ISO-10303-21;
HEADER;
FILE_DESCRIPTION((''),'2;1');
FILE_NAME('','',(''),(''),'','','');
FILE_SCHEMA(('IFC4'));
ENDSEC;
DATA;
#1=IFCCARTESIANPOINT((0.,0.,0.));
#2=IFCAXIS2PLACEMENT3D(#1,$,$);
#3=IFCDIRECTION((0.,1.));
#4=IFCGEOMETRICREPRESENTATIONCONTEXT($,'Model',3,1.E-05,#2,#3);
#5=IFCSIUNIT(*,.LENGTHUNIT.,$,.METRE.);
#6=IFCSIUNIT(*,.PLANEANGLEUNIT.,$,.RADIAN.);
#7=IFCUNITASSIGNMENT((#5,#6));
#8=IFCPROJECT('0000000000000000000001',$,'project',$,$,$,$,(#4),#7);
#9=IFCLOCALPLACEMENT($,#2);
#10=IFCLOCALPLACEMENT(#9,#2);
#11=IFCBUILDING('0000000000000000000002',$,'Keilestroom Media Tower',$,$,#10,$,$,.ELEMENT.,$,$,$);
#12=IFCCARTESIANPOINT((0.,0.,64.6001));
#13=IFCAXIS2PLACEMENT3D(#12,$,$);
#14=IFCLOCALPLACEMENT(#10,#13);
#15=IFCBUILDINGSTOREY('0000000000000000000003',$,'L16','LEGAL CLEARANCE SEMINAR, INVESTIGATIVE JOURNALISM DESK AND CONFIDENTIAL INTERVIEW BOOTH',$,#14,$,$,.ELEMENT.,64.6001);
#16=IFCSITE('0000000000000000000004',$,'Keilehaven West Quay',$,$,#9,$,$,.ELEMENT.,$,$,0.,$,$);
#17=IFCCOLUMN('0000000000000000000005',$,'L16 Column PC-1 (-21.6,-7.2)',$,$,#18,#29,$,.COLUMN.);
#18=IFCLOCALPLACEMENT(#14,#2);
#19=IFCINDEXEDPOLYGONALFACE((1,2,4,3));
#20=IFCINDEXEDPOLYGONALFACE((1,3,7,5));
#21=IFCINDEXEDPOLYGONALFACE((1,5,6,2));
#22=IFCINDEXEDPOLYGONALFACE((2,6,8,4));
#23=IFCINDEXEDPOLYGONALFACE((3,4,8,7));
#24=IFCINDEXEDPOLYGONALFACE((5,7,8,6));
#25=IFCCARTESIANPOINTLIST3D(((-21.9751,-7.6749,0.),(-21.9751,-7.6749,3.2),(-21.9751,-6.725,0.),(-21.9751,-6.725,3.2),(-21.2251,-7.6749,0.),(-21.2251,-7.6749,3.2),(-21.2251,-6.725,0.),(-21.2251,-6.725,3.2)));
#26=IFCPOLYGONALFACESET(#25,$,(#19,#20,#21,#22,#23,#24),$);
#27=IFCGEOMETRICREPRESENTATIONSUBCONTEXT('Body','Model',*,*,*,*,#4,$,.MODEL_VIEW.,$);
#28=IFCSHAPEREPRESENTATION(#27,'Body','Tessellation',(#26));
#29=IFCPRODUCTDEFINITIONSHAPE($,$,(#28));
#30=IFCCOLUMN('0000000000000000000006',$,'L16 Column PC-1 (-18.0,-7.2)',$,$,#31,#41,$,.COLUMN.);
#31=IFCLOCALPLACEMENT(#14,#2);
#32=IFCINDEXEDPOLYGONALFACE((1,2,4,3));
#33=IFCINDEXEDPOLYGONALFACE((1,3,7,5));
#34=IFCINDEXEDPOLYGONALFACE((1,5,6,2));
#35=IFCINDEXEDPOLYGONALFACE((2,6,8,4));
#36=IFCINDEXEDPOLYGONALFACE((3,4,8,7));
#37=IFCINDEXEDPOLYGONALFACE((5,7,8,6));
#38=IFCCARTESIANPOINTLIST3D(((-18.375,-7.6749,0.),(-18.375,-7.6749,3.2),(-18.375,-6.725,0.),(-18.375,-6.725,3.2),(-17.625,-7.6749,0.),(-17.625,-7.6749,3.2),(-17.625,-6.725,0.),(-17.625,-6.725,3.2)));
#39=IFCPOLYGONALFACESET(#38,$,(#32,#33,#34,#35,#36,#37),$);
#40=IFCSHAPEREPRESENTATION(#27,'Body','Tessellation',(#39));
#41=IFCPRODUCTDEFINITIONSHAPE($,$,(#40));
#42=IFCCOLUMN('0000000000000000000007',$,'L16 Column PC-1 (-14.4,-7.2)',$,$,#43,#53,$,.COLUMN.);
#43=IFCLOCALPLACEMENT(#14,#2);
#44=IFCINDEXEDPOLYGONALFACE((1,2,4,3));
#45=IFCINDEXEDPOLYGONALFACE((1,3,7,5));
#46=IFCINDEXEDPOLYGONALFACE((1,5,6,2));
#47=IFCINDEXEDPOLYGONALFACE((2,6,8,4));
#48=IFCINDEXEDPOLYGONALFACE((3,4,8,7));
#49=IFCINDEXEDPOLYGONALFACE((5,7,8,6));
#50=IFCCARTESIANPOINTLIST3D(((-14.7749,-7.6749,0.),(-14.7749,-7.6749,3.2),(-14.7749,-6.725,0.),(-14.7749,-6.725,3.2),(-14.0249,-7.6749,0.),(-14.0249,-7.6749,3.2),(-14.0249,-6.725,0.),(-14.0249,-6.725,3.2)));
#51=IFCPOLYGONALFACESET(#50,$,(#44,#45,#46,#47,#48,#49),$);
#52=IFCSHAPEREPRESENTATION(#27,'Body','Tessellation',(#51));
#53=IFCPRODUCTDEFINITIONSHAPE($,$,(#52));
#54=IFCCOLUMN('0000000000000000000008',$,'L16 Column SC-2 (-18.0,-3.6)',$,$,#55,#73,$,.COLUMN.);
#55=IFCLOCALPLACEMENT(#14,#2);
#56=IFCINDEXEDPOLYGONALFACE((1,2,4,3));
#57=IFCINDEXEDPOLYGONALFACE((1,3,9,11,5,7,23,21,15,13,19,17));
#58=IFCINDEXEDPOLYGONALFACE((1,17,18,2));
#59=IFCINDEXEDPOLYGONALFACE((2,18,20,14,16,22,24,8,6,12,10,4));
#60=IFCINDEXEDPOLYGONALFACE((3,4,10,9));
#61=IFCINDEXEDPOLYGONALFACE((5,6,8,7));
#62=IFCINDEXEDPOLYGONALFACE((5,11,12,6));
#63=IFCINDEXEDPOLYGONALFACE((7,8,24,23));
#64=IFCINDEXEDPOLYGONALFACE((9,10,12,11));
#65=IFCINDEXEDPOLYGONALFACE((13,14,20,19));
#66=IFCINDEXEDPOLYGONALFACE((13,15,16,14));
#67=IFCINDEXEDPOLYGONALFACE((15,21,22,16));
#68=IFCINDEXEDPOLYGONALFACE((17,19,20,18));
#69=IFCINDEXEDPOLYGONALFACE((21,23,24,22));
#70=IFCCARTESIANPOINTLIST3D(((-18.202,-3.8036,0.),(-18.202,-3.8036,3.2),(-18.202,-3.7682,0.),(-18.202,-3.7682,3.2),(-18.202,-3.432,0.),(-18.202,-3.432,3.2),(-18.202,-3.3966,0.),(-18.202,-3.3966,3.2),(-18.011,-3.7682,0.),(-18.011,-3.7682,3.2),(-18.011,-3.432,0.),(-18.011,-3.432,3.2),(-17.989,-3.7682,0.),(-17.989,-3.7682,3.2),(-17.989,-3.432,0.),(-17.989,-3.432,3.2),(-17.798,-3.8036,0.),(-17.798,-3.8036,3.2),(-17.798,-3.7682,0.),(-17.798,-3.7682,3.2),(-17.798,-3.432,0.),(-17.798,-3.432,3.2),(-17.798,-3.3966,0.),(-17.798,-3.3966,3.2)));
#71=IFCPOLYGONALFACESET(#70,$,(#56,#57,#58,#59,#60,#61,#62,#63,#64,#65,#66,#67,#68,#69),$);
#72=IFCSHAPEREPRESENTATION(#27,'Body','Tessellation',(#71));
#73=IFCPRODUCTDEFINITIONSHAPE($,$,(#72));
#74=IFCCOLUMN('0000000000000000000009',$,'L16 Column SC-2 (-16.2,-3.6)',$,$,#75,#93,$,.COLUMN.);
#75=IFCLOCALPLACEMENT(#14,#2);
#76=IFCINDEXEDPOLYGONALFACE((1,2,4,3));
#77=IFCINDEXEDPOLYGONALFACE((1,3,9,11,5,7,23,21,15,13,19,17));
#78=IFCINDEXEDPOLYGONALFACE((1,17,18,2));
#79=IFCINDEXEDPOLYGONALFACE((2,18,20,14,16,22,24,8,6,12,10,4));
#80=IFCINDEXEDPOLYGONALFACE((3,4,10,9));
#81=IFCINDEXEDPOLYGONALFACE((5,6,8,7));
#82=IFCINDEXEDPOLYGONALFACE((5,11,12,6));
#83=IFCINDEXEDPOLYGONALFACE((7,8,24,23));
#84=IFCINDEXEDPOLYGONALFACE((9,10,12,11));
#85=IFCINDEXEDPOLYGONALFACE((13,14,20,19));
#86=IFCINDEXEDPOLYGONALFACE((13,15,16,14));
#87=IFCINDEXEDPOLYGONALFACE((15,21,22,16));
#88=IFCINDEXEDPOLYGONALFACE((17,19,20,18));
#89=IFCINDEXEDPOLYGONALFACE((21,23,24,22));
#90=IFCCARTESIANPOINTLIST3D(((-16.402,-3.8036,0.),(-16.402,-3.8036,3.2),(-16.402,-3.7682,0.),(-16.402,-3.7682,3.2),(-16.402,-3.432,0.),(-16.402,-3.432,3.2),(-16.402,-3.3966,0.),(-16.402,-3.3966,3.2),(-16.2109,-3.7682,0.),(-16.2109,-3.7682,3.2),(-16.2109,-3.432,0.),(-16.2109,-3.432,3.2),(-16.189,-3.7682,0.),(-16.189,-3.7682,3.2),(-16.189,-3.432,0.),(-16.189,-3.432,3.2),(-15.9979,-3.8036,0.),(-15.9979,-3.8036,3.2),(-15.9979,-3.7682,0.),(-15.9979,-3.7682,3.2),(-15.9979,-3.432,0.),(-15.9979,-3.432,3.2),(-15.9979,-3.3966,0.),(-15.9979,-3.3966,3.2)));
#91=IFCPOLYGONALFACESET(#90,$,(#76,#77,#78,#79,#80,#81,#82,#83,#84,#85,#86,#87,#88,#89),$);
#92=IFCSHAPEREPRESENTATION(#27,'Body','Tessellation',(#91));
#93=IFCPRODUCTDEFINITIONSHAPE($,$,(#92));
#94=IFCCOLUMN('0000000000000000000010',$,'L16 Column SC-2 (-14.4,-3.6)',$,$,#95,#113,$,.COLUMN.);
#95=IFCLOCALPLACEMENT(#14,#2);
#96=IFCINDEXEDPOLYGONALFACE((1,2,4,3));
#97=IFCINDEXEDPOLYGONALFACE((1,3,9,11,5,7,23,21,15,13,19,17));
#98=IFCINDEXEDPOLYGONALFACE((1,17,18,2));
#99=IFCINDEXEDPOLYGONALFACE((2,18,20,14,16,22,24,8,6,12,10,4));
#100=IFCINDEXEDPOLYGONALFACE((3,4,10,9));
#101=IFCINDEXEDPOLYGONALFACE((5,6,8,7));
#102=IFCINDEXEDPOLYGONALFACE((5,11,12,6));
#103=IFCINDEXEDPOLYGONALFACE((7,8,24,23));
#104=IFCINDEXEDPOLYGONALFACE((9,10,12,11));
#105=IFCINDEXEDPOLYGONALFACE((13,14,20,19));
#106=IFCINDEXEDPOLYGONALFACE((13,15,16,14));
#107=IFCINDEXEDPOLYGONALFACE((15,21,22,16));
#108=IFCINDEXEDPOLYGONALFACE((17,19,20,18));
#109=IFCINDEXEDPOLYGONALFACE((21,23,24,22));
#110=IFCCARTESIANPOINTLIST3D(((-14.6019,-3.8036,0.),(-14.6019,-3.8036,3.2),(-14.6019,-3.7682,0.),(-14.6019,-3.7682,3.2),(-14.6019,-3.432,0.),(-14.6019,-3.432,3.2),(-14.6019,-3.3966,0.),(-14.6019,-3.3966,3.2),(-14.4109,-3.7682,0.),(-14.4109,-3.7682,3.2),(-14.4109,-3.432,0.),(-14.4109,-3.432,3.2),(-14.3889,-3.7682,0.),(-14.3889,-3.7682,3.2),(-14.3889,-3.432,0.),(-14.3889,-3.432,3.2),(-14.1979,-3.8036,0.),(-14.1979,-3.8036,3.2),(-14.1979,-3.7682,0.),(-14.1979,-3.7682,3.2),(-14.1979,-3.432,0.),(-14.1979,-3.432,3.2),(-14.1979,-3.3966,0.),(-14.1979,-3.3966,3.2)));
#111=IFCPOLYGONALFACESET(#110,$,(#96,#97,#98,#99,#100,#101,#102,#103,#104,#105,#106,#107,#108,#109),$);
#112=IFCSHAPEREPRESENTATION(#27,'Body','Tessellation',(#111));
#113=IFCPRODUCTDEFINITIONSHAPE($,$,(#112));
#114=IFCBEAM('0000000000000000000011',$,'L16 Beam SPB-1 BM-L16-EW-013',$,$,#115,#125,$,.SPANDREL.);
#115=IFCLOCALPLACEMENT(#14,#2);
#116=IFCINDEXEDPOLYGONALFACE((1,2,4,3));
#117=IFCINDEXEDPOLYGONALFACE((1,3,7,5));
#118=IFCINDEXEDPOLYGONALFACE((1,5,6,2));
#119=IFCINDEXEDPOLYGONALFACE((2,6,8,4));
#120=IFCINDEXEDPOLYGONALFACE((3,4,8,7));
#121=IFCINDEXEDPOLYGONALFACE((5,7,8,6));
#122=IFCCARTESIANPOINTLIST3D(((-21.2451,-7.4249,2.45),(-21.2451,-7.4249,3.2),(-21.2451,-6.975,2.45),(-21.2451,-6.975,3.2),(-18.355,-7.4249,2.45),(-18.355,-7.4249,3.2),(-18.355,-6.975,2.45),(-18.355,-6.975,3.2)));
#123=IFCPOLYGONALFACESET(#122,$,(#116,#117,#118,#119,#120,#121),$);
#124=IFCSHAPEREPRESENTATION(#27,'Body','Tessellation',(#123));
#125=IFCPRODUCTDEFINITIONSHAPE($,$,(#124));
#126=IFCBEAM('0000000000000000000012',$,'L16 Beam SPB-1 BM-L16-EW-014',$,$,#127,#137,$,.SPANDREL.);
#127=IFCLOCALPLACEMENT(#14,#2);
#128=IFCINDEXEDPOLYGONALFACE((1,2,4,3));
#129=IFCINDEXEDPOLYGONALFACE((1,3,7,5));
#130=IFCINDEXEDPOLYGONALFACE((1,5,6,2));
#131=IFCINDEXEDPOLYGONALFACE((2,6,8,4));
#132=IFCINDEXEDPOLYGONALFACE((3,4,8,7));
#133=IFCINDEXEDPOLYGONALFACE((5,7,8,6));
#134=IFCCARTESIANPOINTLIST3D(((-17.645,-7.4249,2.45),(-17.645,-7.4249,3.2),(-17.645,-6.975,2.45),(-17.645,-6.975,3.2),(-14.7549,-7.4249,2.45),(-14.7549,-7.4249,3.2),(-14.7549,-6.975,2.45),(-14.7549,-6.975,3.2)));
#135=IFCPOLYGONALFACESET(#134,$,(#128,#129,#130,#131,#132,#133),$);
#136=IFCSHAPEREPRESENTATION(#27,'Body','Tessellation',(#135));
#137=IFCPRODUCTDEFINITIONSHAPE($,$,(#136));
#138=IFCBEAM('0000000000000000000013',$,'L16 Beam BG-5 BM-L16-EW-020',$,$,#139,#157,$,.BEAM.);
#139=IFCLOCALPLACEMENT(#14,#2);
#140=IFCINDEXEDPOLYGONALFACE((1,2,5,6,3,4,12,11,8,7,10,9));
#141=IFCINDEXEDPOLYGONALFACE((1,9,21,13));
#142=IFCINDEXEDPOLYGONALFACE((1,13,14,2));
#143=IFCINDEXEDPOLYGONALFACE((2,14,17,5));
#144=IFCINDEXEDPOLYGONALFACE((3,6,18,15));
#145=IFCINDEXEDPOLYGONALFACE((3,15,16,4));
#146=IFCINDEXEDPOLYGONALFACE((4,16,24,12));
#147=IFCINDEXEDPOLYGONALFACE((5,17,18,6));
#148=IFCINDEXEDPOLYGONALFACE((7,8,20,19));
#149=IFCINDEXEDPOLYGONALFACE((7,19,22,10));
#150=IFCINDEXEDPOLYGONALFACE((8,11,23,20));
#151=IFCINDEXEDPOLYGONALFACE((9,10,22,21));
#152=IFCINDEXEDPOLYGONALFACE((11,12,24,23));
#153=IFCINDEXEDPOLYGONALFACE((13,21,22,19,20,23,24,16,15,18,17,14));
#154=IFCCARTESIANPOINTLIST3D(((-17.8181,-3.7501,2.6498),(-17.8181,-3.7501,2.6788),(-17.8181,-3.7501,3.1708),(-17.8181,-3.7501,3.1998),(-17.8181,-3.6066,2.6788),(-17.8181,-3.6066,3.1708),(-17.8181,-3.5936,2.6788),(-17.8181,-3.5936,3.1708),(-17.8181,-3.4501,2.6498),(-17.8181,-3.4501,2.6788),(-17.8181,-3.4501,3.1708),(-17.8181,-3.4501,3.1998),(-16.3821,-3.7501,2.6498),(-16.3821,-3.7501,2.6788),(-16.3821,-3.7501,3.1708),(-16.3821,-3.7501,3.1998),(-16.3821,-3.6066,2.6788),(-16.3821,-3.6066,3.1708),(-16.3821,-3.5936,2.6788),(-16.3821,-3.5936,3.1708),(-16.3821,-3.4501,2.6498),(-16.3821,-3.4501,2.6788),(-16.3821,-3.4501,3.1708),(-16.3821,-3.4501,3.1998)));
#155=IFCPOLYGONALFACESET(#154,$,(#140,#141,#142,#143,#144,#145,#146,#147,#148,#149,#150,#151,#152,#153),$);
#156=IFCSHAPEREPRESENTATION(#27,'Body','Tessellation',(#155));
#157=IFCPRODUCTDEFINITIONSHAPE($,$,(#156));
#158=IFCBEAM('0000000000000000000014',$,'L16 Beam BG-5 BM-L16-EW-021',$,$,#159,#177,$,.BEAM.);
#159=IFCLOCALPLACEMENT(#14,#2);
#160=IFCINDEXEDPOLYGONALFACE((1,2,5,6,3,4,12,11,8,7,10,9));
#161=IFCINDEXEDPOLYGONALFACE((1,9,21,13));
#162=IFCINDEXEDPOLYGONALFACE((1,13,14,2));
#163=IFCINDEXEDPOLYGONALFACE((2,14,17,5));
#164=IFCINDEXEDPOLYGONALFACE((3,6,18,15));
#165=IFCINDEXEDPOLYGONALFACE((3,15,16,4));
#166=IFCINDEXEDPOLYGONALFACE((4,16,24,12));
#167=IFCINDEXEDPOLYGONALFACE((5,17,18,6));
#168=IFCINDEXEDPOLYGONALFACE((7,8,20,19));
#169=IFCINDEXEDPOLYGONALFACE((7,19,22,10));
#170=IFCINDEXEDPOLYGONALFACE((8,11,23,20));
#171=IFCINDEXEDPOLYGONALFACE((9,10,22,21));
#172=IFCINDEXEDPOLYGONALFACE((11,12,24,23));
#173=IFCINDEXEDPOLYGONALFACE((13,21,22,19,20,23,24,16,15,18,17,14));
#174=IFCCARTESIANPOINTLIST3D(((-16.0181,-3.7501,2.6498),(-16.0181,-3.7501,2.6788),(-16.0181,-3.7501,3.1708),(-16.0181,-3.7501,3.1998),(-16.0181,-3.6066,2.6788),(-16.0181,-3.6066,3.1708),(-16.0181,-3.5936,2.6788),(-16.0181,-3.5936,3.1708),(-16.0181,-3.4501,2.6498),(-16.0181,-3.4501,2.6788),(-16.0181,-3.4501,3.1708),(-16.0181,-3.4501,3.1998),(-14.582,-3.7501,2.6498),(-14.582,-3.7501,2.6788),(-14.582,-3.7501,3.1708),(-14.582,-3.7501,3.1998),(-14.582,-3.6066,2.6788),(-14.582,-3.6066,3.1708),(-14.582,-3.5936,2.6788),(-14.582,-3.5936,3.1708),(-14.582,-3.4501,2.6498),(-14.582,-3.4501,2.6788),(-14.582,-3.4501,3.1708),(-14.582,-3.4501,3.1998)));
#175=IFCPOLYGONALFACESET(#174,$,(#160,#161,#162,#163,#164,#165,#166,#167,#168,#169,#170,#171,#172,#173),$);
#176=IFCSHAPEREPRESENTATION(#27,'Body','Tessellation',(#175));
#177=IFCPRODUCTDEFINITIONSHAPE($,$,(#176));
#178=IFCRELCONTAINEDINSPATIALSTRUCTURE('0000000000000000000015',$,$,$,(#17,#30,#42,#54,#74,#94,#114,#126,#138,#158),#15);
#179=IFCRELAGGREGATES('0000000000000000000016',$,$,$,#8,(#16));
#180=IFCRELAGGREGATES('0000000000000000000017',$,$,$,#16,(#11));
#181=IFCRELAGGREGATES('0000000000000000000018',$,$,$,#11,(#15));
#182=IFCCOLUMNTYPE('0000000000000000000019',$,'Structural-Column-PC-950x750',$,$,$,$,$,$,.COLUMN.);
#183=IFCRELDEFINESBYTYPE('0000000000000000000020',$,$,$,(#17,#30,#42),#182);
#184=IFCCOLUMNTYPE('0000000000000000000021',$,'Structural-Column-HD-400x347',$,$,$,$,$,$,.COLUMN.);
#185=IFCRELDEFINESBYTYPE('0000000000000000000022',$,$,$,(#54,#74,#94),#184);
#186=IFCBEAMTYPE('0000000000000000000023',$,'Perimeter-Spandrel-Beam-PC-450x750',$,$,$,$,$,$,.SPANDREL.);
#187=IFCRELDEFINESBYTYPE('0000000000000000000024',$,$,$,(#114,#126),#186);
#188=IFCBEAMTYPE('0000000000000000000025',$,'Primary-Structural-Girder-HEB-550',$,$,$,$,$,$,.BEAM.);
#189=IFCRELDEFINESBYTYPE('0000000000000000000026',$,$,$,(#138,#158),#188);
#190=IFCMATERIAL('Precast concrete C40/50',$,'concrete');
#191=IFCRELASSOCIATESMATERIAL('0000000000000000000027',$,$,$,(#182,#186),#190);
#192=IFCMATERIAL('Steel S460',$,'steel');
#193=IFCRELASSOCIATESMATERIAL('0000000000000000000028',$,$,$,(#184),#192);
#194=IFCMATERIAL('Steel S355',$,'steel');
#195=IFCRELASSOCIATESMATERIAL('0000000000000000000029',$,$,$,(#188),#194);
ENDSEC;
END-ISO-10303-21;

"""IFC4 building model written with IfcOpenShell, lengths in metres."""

from ifc_helpers import new_model, si_unit, direction, frame, origin, origin_2d, place, context, subcontext, project, spatial, rectangle, i_section, extrude, source, transform, mapped, material, material_profile, profile_set, type_object, element, save


model = new_model("IFC4")

# Units and contexts
model_context = context("Model", 3, precision=1e-05, world=origin(), true_north=direction((0.0, 1.0)))
body_context = subcontext(model_context, "Body", "Model", "MODEL_VIEW")
ifc_project = project(units=[si_unit("LENGTHUNIT", "METRE"), si_unit("PLANEANGLEUNIT", "RADIAN")], contexts=[model_context])

# Site, building, storey
site_placement = place(None, origin())
site = spatial("IfcSite", under=ifc_project, at=site_placement, Name="Keilehaven West Quay", CompositionType="ELEMENT", RefElevation=0.0)
building_placement = place(site_placement, origin())
building = spatial("IfcBuilding", under=site, at=building_placement, Name="Keilestroom Media Tower", CompositionType="ELEMENT")
storey_placement = place(building_placement, frame((0.0, 0.0, 64.6001)))
storey = spatial("IfcBuildingStorey", under=building, at=storey_placement, Name="L16", Description="LEGAL CLEARANCE SEMINAR, INVESTIGATIVE JOURNALISM DESK AND CONFIDENTIAL INTERVIEW BOOTH", CompositionType="ELEMENT", Elevation=64.6001)

# Columns
ifc_material_1 = material(Name="Precast concrete C40/50", Category="concrete")
ifc_material_profile_1 = material_profile(ifc_material_1, rectangle(XDim=0.75, YDim=0.95, at=origin_2d()), Name="PC 950x750")
ifc_profile_set_1 = profile_set([ifc_material_profile_1], Name="Precast concrete C40/50")
column_type_1 = type_object("IfcColumnType", Name="Structural-Column-PC-950x750", PredefinedType="COLUMN", material=ifc_profile_set_1)
shared_shape_1 = source(origin(), body_context, "Body", "SweptSolid", [
    extrude(rectangle(XDim=0.75, YDim=0.95, at=origin_2d()), origin(), (0.0, 0.0, 1.0), 3.2),
])
for number, where, z_axis, x_axis, name in (
    (1, (-21.6001, -7.2, 0.0), (0.0, 0.0, 1.0), (1.0, 0.0, 0.0), "L16 Column PC-1 (-21.6,-7.2)"),
    (2, (-18.0, -7.2, 0.0), (0.0, 0.0, 1.0), (1.0, 0.0, 0.0), "L16 Column PC-1 (-18.0,-7.2)"),
    (3, (-14.3999, -7.2, 0.0), (0.0, 0.0, 1.0), (1.0, 0.0, 0.0), "L16 Column PC-1 (-14.4,-7.2)"),
):
    element("IfcColumn", number, at=place(storey_placement, frame(where, z_axis=z_axis, x_axis=x_axis)), inside=storey, type_object=column_type_1, Name=name, PredefinedType="COLUMN", context=body_context, shape_type="MappedRepresentation", body=[
        mapped(shared_shape_1, transform((0.0, 0.0, 0.0), x_axis=(1.0, 0.0, 0.0), y_axis=(0.0, 1.0, 0.0), z_axis=(0.0, 0.0, 1.0), scale=1.0)),
    ])
ifc_material_2 = material(Name="Steel S460", Category="steel")
ifc_material_profile_2 = material_profile(ifc_material_2, i_section(OverallWidth=0.4041, OverallDepth=0.407, WebThickness=0.022, FlangeThickness=0.0354, at=origin_2d()), Name="HD 400x347")
ifc_profile_set_2 = profile_set([ifc_material_profile_2], Name="Steel S460")
column_type_2 = type_object("IfcColumnType", Name="Structural-Column-HD-400x347", PredefinedType="COLUMN", material=ifc_profile_set_2)
shared_shape_2 = source(origin(), body_context, "Body", "SweptSolid", [
    extrude(i_section(OverallWidth=0.4041, OverallDepth=0.407, WebThickness=0.022, FlangeThickness=0.0354, at=origin_2d()), origin(), (0.0, 0.0, 1.0), 3.2),
])
for number, where, z_axis, x_axis, name in (
    (4, (-18.0, -3.6001, 0.0), (0.0, 0.0, 1.0), (1.0, 0.0, 0.0), "L16 Column SC-2 (-18.0,-3.6)"),
    (5, (-16.2, -3.6001, 0.0), (0.0, 0.0, 1.0), (1.0, 0.0, 0.0), "L16 Column SC-2 (-16.2,-3.6)"),
    (6, (-14.3999, -3.6001, 0.0), (0.0, 0.0, 1.0), (1.0, 0.0, 0.0), "L16 Column SC-2 (-14.4,-3.6)"),
):
    element("IfcColumn", number, at=place(storey_placement, frame(where, z_axis=z_axis, x_axis=x_axis)), inside=storey, type_object=column_type_2, Name=name, PredefinedType="COLUMN", context=body_context, shape_type="MappedRepresentation", body=[
        mapped(shared_shape_2, transform((0.0, 0.0, 0.0), x_axis=(1.0, 0.0, 0.0), y_axis=(0.0, 1.0, 0.0), z_axis=(0.0, 0.0, 1.0), scale=1.0)),
    ])

# Beams
ifc_material_profile_3 = material_profile(ifc_material_1, rectangle(XDim=0.45, YDim=0.75, at=origin_2d()), Name="PC 450x750")
ifc_profile_set_3 = profile_set([ifc_material_profile_3], Name="Precast concrete C40/50")
beam_type_1 = type_object("IfcBeamType", Name="Perimeter-Spandrel-Beam-PC-450x750", PredefinedType="SPANDREL", material=ifc_profile_set_3)
shared_shape_3 = source(origin(), body_context, "Body", "SweptSolid", [
    extrude(rectangle(XDim=0.45, YDim=0.75, at=origin_2d()), origin(), (0.0, 0.0, 1.0), 2.8901),
])
for number, where, z_axis, x_axis, name in (
    (7, (-21.2451, -7.2, 2.825), (1.0, 0.0, 0.0), (0.0, 1.0, 0.0), "L16 Beam SPB-1 BM-L16-EW-013"),
    (8, (-17.645, -7.2, 2.825), (1.0, 0.0, 0.0), (0.0, 1.0, 0.0), "L16 Beam SPB-1 BM-L16-EW-014"),
):
    element("IfcBeam", number, at=place(storey_placement, frame(where, z_axis=z_axis, x_axis=x_axis)), inside=storey, type_object=beam_type_1, Name=name, PredefinedType="SPANDREL", context=body_context, shape_type="MappedRepresentation", body=[
        mapped(shared_shape_3, transform((0.0, 0.0, 0.0), x_axis=(1.0, 0.0, 0.0), y_axis=(0.0, 1.0, 0.0), z_axis=(0.0, 0.0, 1.0), scale=1.0)),
    ])
ifc_material_3 = material(Name="Steel S355", Category="steel")
ifc_material_profile_4 = material_profile(ifc_material_3, i_section(OverallWidth=0.3, OverallDepth=0.55, WebThickness=0.0129, FlangeThickness=0.0291, at=origin_2d()), Name="HEB 550")
ifc_profile_set_4 = profile_set([ifc_material_profile_4], Name="Steel S355")
beam_type_2 = type_object("IfcBeamType", Name="Primary-Structural-Girder-HEB-550", PredefinedType="BEAM", material=ifc_profile_set_4)
shared_shape_4 = source(origin(), body_context, "Body", "SweptSolid", [
    extrude(i_section(OverallWidth=0.3, OverallDepth=0.55, WebThickness=0.0129, FlangeThickness=0.0291, at=origin_2d()), origin(), (0.0, 0.0, 1.0), 1.436),
])
for number, where, z_axis, x_axis, name in (
    (9, (-17.8181, -3.6001, 2.9248), (1.0, 0.0, 0.0), (0.0, 1.0, 0.0), "L16 Beam BG-5 BM-L16-EW-020"),
    (10, (-16.0181, -3.6001, 2.9248), (1.0, 0.0, 0.0), (0.0, 1.0, 0.0), "L16 Beam BG-5 BM-L16-EW-021"),
):
    element("IfcBeam", number, at=place(storey_placement, frame(where, z_axis=z_axis, x_axis=x_axis)), inside=storey, type_object=beam_type_2, Name=name, PredefinedType="BEAM", context=body_context, shape_type="MappedRepresentation", body=[
        mapped(shared_shape_4, transform((0.0, 0.0, 0.0), x_axis=(1.0, 0.0, 0.0), y_axis=(0.0, 1.0, 0.0), z_axis=(0.0, 0.0, 1.0), scale=1.0)),
    ])

save(model, "model.ifc")
